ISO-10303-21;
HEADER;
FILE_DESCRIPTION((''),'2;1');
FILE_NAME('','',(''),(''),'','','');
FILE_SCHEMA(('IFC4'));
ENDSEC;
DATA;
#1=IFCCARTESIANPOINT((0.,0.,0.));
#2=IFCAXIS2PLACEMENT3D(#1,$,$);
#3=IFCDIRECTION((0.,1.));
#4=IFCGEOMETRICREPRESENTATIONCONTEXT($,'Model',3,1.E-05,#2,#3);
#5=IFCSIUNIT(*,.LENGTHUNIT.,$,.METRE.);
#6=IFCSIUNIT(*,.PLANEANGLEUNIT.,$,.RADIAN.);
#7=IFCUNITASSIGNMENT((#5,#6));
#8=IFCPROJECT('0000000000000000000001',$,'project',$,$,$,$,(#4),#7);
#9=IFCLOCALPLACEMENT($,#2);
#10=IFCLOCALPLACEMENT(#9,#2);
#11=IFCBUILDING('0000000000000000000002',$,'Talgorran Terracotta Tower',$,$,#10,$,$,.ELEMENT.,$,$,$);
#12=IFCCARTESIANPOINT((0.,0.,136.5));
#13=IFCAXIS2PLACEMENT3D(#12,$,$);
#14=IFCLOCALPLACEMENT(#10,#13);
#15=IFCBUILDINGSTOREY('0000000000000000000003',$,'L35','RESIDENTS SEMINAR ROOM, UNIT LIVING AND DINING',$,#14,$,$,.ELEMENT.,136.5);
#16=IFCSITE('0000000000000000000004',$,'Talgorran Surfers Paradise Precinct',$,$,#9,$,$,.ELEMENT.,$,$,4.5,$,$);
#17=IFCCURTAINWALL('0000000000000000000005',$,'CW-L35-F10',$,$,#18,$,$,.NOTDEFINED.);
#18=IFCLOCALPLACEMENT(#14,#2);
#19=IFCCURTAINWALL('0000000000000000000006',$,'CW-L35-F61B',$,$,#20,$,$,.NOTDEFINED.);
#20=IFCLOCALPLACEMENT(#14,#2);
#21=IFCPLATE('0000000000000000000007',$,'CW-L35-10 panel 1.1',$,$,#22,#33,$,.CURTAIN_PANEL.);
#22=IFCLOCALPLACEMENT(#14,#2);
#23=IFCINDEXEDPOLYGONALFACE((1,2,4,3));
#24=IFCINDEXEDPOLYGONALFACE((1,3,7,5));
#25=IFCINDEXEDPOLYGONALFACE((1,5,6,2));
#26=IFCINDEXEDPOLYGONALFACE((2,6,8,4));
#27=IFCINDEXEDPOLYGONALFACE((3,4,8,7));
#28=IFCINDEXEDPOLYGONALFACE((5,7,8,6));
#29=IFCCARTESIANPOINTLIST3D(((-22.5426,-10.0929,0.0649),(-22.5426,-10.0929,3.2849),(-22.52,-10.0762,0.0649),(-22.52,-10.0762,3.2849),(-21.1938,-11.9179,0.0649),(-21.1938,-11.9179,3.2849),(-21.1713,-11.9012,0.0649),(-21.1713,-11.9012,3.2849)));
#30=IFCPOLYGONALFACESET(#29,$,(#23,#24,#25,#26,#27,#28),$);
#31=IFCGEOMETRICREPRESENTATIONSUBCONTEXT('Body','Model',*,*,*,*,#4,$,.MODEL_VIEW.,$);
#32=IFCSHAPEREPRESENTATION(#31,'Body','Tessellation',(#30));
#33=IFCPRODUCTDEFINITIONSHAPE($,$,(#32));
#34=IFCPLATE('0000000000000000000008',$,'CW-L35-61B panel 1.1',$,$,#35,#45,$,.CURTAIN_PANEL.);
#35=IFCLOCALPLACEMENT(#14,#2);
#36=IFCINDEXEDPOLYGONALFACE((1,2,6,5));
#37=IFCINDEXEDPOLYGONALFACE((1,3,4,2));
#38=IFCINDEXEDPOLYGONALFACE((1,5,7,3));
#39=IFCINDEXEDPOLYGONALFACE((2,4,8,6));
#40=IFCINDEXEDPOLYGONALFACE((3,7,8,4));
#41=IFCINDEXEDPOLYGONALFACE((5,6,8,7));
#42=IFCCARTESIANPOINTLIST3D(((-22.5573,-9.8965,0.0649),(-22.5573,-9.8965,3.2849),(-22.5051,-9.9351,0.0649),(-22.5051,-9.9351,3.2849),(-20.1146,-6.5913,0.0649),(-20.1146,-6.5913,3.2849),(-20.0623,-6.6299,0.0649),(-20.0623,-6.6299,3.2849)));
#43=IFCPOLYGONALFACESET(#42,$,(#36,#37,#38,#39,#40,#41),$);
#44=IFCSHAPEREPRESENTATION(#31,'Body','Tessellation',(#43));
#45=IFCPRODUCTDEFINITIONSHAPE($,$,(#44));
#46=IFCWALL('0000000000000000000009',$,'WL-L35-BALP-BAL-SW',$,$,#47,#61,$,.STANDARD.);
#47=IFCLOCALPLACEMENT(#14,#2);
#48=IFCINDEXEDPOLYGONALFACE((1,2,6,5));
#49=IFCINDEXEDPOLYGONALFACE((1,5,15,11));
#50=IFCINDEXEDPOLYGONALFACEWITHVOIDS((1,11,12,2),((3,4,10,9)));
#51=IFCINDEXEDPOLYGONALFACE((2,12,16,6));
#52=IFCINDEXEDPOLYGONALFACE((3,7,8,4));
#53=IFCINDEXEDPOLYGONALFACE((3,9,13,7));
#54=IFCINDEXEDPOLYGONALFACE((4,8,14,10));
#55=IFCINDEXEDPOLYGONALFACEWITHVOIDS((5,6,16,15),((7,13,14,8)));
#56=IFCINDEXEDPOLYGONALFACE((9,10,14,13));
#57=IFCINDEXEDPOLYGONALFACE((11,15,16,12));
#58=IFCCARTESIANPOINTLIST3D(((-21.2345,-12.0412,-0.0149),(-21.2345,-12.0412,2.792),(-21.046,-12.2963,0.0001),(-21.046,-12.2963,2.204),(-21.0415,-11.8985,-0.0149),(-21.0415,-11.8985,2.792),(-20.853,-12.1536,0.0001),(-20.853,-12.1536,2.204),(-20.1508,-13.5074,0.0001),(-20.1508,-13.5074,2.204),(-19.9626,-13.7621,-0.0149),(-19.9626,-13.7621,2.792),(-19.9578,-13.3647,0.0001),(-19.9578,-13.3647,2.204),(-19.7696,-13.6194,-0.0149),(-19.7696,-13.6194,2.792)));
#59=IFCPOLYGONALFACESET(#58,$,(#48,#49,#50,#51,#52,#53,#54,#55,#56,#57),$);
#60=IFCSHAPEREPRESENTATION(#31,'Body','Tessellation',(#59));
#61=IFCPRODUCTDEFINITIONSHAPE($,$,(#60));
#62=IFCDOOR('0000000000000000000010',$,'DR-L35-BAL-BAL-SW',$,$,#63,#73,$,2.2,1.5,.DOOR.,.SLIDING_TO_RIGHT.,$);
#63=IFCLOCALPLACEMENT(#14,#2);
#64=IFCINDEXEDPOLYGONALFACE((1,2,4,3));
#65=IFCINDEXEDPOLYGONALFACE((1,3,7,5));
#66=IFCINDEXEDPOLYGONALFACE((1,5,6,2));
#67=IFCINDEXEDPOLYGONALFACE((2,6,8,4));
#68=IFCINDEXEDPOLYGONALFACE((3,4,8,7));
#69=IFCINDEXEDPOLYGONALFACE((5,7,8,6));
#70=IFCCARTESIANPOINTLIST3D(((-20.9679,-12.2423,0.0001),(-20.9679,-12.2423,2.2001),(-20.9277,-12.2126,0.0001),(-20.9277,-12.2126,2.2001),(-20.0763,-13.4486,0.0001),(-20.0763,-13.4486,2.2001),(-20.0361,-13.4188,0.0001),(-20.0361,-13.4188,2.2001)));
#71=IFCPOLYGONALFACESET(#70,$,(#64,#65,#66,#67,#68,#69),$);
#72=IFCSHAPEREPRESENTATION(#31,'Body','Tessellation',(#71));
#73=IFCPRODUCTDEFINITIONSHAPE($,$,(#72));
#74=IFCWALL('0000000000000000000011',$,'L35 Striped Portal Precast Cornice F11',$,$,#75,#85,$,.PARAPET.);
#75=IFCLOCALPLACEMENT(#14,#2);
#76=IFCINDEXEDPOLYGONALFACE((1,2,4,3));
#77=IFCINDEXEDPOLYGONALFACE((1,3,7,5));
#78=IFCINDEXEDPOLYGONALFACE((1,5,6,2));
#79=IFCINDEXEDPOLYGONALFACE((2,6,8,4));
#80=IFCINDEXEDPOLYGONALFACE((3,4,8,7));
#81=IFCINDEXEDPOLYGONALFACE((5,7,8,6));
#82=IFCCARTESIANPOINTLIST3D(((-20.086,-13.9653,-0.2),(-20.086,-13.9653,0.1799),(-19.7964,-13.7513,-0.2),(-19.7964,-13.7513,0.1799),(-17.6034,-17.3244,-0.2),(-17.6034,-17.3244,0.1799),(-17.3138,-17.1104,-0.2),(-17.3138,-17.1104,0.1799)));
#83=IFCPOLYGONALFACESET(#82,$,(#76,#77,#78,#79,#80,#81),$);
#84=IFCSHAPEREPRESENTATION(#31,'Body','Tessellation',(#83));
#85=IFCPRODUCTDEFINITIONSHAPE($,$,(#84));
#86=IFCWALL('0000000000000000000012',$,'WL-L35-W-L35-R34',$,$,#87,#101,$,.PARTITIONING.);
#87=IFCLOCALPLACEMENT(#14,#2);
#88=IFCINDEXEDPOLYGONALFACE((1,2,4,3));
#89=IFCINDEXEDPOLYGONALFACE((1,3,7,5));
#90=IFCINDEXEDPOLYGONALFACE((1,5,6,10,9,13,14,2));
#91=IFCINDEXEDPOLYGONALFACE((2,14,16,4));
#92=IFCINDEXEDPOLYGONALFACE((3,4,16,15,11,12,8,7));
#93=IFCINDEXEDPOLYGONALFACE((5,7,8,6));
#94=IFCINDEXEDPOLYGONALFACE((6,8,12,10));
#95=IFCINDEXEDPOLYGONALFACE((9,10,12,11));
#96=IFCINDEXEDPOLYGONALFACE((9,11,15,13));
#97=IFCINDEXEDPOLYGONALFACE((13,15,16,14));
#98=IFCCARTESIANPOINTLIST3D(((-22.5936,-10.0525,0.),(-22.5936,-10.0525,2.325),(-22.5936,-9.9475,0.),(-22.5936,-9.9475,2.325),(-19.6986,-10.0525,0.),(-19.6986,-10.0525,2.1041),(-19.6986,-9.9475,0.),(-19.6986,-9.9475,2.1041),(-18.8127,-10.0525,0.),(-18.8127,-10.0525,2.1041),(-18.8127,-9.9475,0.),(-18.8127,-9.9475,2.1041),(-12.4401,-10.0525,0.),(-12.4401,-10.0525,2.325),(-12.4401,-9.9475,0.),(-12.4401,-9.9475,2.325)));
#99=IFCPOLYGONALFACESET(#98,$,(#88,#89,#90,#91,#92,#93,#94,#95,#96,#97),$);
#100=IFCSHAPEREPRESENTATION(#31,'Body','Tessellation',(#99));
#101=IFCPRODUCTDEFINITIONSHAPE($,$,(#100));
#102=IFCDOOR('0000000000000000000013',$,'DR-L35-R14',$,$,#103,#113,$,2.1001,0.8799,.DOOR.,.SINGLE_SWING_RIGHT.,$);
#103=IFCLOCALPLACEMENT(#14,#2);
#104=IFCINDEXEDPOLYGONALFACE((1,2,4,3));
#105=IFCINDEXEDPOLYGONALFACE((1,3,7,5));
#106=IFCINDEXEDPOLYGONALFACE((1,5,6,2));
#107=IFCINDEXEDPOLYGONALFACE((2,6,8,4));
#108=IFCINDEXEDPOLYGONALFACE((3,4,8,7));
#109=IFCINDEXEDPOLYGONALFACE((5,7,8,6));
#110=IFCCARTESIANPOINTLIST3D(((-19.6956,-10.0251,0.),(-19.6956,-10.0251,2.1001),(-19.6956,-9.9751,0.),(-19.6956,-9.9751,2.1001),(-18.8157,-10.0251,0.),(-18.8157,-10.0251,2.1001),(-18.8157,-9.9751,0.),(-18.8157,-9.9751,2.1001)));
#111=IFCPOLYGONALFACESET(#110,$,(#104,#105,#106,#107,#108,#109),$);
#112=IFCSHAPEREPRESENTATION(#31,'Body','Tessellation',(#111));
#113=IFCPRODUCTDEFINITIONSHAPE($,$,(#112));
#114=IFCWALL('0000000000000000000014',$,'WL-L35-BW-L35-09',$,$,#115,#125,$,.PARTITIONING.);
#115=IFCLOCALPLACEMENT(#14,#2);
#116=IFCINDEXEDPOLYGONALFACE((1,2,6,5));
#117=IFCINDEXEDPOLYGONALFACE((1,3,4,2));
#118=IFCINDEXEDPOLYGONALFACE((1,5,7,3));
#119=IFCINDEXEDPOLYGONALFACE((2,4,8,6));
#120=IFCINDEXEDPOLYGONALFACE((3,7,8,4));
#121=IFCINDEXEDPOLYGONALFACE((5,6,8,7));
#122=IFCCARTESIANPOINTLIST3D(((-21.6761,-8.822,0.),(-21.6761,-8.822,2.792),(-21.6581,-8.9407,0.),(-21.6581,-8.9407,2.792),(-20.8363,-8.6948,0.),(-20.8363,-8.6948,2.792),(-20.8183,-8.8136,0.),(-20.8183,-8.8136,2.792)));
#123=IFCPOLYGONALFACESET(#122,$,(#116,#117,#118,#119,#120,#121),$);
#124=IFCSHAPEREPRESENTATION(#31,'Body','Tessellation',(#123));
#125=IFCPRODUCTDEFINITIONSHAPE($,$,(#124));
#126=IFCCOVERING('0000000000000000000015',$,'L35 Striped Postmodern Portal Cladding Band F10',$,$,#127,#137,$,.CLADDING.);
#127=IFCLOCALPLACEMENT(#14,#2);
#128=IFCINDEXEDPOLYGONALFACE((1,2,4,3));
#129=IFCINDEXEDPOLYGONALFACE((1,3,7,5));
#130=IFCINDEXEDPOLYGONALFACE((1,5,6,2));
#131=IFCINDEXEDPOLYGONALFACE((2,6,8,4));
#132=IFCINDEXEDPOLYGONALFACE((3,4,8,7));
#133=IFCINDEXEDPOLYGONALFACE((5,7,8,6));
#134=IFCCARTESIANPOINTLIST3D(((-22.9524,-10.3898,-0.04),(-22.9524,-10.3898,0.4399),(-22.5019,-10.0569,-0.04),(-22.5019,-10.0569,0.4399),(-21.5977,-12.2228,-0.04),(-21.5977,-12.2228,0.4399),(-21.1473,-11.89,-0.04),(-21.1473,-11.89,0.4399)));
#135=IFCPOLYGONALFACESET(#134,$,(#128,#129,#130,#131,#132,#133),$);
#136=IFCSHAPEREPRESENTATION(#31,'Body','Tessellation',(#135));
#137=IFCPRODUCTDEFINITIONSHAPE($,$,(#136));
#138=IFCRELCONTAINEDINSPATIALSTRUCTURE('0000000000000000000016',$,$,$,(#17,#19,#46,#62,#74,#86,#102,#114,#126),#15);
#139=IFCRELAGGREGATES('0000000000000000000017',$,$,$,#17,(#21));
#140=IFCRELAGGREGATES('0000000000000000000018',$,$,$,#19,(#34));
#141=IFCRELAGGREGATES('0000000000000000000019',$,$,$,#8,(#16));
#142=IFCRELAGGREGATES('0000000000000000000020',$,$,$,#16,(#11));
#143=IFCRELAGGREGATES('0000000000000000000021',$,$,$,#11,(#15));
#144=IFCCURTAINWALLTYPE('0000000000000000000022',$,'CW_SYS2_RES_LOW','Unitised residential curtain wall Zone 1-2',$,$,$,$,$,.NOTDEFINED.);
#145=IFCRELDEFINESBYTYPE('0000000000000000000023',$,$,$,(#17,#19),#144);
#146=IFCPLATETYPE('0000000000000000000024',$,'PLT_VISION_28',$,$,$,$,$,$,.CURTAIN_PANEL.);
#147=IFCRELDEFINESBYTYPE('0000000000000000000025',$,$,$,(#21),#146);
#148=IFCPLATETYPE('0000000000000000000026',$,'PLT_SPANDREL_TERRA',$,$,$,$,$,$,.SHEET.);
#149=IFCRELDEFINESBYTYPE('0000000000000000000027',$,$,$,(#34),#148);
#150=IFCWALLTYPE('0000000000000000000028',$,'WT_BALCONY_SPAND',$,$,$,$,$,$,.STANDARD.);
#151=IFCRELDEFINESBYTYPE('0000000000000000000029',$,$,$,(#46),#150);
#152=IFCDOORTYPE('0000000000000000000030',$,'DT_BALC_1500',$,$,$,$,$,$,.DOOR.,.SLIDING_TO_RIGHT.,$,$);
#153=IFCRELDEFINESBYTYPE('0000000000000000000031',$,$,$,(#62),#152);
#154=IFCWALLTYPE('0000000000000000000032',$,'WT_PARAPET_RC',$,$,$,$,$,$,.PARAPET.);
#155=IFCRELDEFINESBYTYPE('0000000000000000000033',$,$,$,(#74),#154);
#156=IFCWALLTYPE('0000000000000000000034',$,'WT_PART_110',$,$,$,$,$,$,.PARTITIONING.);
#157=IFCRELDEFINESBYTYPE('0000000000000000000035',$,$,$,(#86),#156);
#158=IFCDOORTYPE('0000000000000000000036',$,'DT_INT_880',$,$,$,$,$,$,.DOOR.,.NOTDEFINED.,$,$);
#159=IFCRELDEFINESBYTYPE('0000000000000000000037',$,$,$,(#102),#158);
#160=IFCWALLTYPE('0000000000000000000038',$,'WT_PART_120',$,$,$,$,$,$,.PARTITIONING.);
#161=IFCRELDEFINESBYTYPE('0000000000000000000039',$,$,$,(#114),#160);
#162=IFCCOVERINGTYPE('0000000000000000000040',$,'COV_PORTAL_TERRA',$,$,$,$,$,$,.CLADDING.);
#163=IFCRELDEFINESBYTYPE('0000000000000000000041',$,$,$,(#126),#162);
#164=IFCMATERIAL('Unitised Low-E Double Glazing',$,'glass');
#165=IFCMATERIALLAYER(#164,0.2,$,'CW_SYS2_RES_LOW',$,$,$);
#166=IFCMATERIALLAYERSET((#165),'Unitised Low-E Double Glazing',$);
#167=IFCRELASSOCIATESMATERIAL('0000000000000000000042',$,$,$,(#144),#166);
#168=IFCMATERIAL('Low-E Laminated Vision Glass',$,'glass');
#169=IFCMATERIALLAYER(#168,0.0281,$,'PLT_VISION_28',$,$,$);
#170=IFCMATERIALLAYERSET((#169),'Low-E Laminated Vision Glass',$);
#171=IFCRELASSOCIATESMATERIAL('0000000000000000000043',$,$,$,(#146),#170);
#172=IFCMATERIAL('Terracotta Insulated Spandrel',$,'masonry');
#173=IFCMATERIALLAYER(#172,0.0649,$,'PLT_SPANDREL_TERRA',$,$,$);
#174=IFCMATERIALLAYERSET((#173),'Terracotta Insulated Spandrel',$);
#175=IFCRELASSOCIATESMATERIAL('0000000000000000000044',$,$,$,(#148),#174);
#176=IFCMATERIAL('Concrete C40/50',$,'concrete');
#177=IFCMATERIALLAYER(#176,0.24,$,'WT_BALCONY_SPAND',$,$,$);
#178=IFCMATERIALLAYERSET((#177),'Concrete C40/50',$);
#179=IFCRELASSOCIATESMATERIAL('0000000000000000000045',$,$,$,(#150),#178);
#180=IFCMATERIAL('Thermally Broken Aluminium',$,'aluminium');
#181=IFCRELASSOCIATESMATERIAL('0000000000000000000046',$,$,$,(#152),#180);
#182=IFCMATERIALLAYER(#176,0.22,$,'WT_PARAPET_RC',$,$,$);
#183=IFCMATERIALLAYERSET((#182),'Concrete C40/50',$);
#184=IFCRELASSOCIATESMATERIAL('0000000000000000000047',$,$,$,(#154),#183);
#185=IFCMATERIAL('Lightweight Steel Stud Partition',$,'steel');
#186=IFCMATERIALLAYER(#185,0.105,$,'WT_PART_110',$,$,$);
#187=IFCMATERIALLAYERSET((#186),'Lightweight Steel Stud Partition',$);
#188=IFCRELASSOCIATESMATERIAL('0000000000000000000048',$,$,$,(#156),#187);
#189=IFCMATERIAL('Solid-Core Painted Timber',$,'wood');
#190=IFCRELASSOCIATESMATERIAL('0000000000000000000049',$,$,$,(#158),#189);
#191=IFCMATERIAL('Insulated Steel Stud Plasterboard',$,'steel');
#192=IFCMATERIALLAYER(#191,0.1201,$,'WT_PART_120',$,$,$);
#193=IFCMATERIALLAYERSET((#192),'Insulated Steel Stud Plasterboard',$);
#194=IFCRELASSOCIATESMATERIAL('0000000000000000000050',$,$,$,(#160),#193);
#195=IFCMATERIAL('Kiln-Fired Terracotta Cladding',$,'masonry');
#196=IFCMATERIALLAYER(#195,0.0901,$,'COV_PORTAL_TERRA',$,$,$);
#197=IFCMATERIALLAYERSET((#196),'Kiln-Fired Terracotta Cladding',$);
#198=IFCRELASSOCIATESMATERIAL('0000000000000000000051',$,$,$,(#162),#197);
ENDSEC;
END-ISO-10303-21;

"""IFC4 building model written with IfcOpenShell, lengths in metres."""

from ifc_helpers import new_model, si_unit, direction, frame, frame_2d, origin, origin_2d, place, context, subcontext, project, spatial, rectangle, extrude, source, transform, mapped, material, layer, layer_set, type_object, type_shapes, element, fill, aggregate, save


model = new_model("IFC4")

# Units and contexts
model_context = context("Model", 3, precision=1e-05, world=origin(), true_north=direction((0.0, 1.0)))
body_context = subcontext(model_context, "Body", "Model", "MODEL_VIEW")
ifc_project = project(units=[si_unit("LENGTHUNIT", "METRE"), si_unit("PLANEANGLEUNIT", "RADIAN")], contexts=[model_context])

# Site, building, storey
site_placement = place(None, origin())
site = spatial("IfcSite", under=ifc_project, at=site_placement, Name="Talgorran Surfers Paradise Precinct", CompositionType="ELEMENT", RefElevation=4.5)
building_placement = place(site_placement, origin())
building = spatial("IfcBuilding", under=site, at=building_placement, Name="Talgorran Terracotta Tower", CompositionType="ELEMENT")
storey_placement = place(building_placement, frame((0.0, 0.0, 136.5)))
storey = spatial("IfcBuildingStorey", under=building, at=storey_placement, Name="L35", Description="RESIDENTS SEMINAR ROOM, UNIT LIVING AND DINING", CompositionType="ELEMENT", Elevation=136.5)

# Curtain wall
ifc_material_1 = material(Name="Unitised Low-E Double Glazing", Category="glass")
ifc_layer_1 = layer(ifc_material_1, 0.2, Name="CW_SYS2_RES_LOW")
ifc_layer_set_1 = layer_set([ifc_layer_1], Name="Unitised Low-E Double Glazing")
curtain_wall_type = type_object("IfcCurtainWallType", Name="CW_SYS2_RES_LOW", Description="Unitised residential curtain wall Zone 1-2", PredefinedType="NOTDEFINED", material=ifc_layer_set_1)
curtain_wall_1_placement = place(storey_placement, origin())
curtain_wall_1 = element("IfcCurtainWall", 1, at=curtain_wall_1_placement, inside=storey, type_object=curtain_wall_type, Name="CW-L35-F10", PredefinedType="NOTDEFINED")

# Curtain wall
curtain_wall_2_placement = place(storey_placement, origin())
curtain_wall_2 = element("IfcCurtainWall", 2, at=curtain_wall_2_placement, inside=storey, type_object=curtain_wall_type, Name="CW-L35-F61B", PredefinedType="NOTDEFINED")

# Plates
ifc_material_2 = material(Name="Low-E Laminated Vision Glass", Category="glass")
ifc_layer_2 = layer(ifc_material_2, 0.0281, Name="PLT_VISION_28")
ifc_layer_set_2 = layer_set([ifc_layer_2], Name="Low-E Laminated Vision Glass")
plate_type_1 = type_object("IfcPlateType", Name="PLT_VISION_28", PredefinedType="CURTAIN_PANEL", material=ifc_layer_set_2)
shared_shape_1 = source(origin(), body_context, "Body", "SweptSolid", [
    extrude(rectangle(XDim=2.2693, YDim=0.0281, at=origin_2d()), origin(), (0.0, 0.0, 1.0), 3.22),
])
type_shapes(plate_type_1, [shared_shape_1])
plate_1_placement = place(storey_placement, frame((-21.8569, -10.9971, 0.0649), z_axis=(0.0, 0.0, 1.0), x_axis=(0.59435, -0.804206, 0.0)))
plate_1 = element("IfcPlate", 3, at=plate_1_placement, type_object=plate_type_1, Name="CW-L35-10 panel 1.1", PredefinedType="CURTAIN_PANEL", context=body_context, shape_type="MappedRepresentation", body=[
    mapped(shared_shape_1, transform((0.0, 0.0, 0.0), scale=1.0)),
])
aggregate(curtain_wall_1, [plate_1])
ifc_material_3 = material(Name="Terracotta Insulated Spandrel", Category="masonry")
ifc_layer_3 = layer(ifc_material_3, 0.0649, Name="PLT_SPANDREL_TERRA")
ifc_layer_set_3 = layer_set([ifc_layer_3], Name="Terracotta Insulated Spandrel")
plate_type_2 = type_object("IfcPlateType", Name="PLT_SPANDREL_TERRA", PredefinedType="SHEET", material=ifc_layer_set_3)
shared_shape_2 = source(origin(), body_context, "Body", "SweptSolid", [
    extrude(rectangle(XDim=4.1099, YDim=0.0649, at=origin_2d()), origin(), (0.0, 0.0, 1.0), 3.22),
])
type_shapes(plate_type_2, [shared_shape_2])
plate_2_placement = place(storey_placement, frame((-21.3098, -8.2632, 0.0649), z_axis=(0.0, 0.0, 1.0), x_axis=(-0.594359, -0.8042, 0.0)))
plate_2 = element("IfcPlate", 4, at=plate_2_placement, type_object=plate_type_2, Name="CW-L35-61B panel 1.1", PredefinedType="CURTAIN_PANEL", context=body_context, shape_type="MappedRepresentation", body=[
    mapped(shared_shape_2, transform((0.0, 0.0, 0.0), scale=1.0)),
])
aggregate(curtain_wall_2, [plate_2])

# Wall, opening, door
ifc_material_4 = material(Name="Concrete C40/50", Category="concrete")
ifc_layer_4 = layer(ifc_material_4, 0.24, Name="WT_BALCONY_SPAND")
ifc_layer_set_4 = layer_set([ifc_layer_4], Name="Concrete C40/50")
wall_type_1 = type_object("IfcWallType", Name="WT_BALCONY_SPAND", PredefinedType="STANDARD", material=ifc_layer_set_4)
wall_1_placement = place(storey_placement, frame((-21.1379, -11.97, -0.0149), z_axis=(0.0, 0.0, 1.0), x_axis=(0.594381, -0.804183, 0.0)))
wall_1 = element("IfcWall", 5, at=wall_1_placement, inside=storey, type_object=wall_type_1, Name="WL-L35-BALP-BAL-SW", PredefinedType="STANDARD", context=body_context, shape_type="SweptSolid", body=[
    extrude(rectangle(XDim=2.1399, YDim=0.24, at=frame_2d((1.0698, 0.0))), origin(), (0.0, 0.0, 1.0), 2.8069),
])
opening_1_placement = place(wall_1_placement, frame((0.3201, 0.0, 0.0149)))
opening_1 = element("IfcOpeningElement", 6, at=opening_1_placement, cuts=wall_1, PredefinedType="OPENING", context=body_context, shape_type="SweptSolid", body=[
    extrude(rectangle(XDim=1.506, YDim=2.204, at=frame_2d((0.75, 1.1021))), frame((0.0, 0.1299, 0.0), z_axis=(0.0, -1.0, 0.0), x_axis=(1.0, 0.0, 0.0)), (0.0, 0.0, 1.0), 0.26),
])
ifc_material_5 = material(Name="Thermally Broken Aluminium", Category="aluminium")
door_type_1 = type_object("IfcDoorType", Name="DT_BALC_1500", OperationType="SLIDING_TO_RIGHT", PredefinedType="DOOR", material=ifc_material_5)
door_1_placement = place(opening_1_placement, origin())
door_1 = element("IfcDoor", 7, at=door_1_placement, inside=storey, type_object=door_type_1, Name="DR-L35-BAL-BAL-SW", OperationType="SLIDING_TO_RIGHT", OverallHeight=2.2, OverallWidth=1.5, PredefinedType="DOOR", context=body_context, shape_type="SweptSolid", body=[
    extrude(rectangle(XDim=1.5, YDim=2.2, at=frame_2d((0.75, 1.1001))), frame((0.0, 0.0249, 0.0), z_axis=(0.0, -1.0, 0.0), x_axis=(1.0, 0.0, 0.0)), (0.0, 0.0, 1.0), 0.05),
])
fill(opening_1, door_1)

# Wall
ifc_layer_5 = layer(ifc_material_4, 0.22, Name="WT_PARAPET_RC")
ifc_layer_set_5 = layer_set([ifc_layer_5], Name="Concrete C40/50")
wall_type_2 = type_object("IfcWallType", Name="WT_PARAPET_RC", PredefinedType="PARAPET", material=ifc_layer_set_5)
wall_2_placement = place(storey_placement, frame((-19.9412, -13.8584, -0.2), z_axis=(0.0, 0.0, 1.0), x_axis=(0.594365, -0.804196, 0.0)))
element("IfcWall", 8, at=wall_2_placement, inside=storey, type_object=wall_type_2, Name="L35 Striped Portal Precast Cornice F11", PredefinedType="PARAPET", context=body_context, shape_type="SweptSolid", body=[
    extrude(rectangle(XDim=4.177, YDim=0.3601, at=frame_2d((2.0884, 0.0))), origin(), (0.0, 0.0, 1.0), 0.3799),
])

# Wall, opening, door
ifc_material_6 = material(Name="Lightweight Steel Stud Partition", Category="steel")
ifc_layer_6 = layer(ifc_material_6, 0.105, Name="WT_PART_110")
ifc_layer_set_6 = layer_set([ifc_layer_6], Name="Lightweight Steel Stud Partition")
wall_type_3 = type_object("IfcWallType", Name="WT_PART_110", PredefinedType="PARTITIONING", material=ifc_layer_set_6)
wall_3_placement = place(storey_placement, frame((-22.5935, -10.0, 0.0), z_axis=(0.0, 0.0, 1.0), x_axis=(1.0, 0.0, 0.0)))
wall_3 = element("IfcWall", 9, at=wall_3_placement, inside=storey, type_object=wall_type_3, Name="WL-L35-W-L35-R34", PredefinedType="PARTITIONING", context=body_context, shape_type="SweptSolid", body=[
    extrude(rectangle(XDim=10.1536, YDim=0.105, at=frame_2d((5.0767, 0.0))), origin(), (0.0, 0.0, 1.0), 2.325),
])
opening_2_placement = place(wall_3_placement, frame((2.8979, 0.0, 0.0)))
opening_2 = element("IfcOpeningElement", 10, at=opening_2_placement, cuts=wall_3, PredefinedType="OPENING", context=body_context, shape_type="SweptSolid", body=[
    extrude(rectangle(XDim=0.8859, YDim=2.1041, at=frame_2d((0.4399, 1.052))), frame((0.0, 0.0625, 0.0), z_axis=(0.0, -1.0, 0.0), x_axis=(1.0, 0.0, 0.0)), (0.0, 0.0, 1.0), 0.125),
])
ifc_material_7 = material(Name="Solid-Core Painted Timber", Category="wood")
door_type_2 = type_object("IfcDoorType", Name="DT_INT_880", OperationType="NOTDEFINED", PredefinedType="DOOR", material=ifc_material_7)
door_2_placement = place(opening_2_placement, origin())
door_2 = element("IfcDoor", 11, at=door_2_placement, inside=storey, type_object=door_type_2, Name="DR-L35-R14", OperationType="SINGLE_SWING_RIGHT", OverallHeight=2.1001, OverallWidth=0.8799, PredefinedType="DOOR", context=body_context, shape_type="SweptSolid", body=[
    extrude(rectangle(XDim=0.8799, YDim=2.1001, at=frame_2d((0.4399, 1.05))), frame((0.0, 0.0249, 0.0), z_axis=(0.0, -1.0, 0.0), x_axis=(1.0, 0.0, 0.0)), (0.0, 0.0, 1.0), 0.05),
])
fill(opening_2, door_2)

# Wall
ifc_material_8 = material(Name="Insulated Steel Stud Plasterboard", Category="steel")
ifc_layer_7 = layer(ifc_material_8, 0.1201, Name="WT_PART_120")
ifc_layer_set_7 = layer_set([ifc_layer_7], Name="Insulated Steel Stud Plasterboard")
wall_type_4 = type_object("IfcWallType", Name="WT_PART_120", PredefinedType="PARTITIONING", material=ifc_layer_set_7)
wall_4_placement = place(storey_placement, frame((-20.8271, -8.7542, 0.0), z_axis=(0.0, 0.0, 1.0), x_axis=(-0.988725, -0.149746, 0.0)))
element("IfcWall", 12, at=wall_4_placement, inside=storey, type_object=wall_type_4, Name="WL-L35-BW-L35-09", PredefinedType="PARTITIONING", context=body_context, shape_type="SweptSolid", body=[
    extrude(rectangle(XDim=0.8494, YDim=0.1201, at=frame_2d((0.4248, 0.0))), origin(), (0.0, 0.0, 1.0), 2.792),
])

# Covering
ifc_material_9 = material(Name="Kiln-Fired Terracotta Cladding", Category="masonry")
ifc_layer_8 = layer(ifc_material_9, 0.0901, Name="COV_PORTAL_TERRA")
ifc_layer_set_8 = layer_set([ifc_layer_8], Name="Kiln-Fired Terracotta Cladding")
covering_type = type_object("IfcCoveringType", Name="COV_PORTAL_TERRA", PredefinedType="CLADDING", material=ifc_layer_set_8)
covering_placement = place(storey_placement, frame((-22.0498, -11.1399, -0.04), z_axis=(0.0, 0.0, 1.0), x_axis=(0.594346, -0.80421, 0.0)))
element("IfcCovering", 13, at=covering_placement, inside=storey, type_object=covering_type, Name="L35 Striped Postmodern Portal Cladding Band F10", PredefinedType="CLADDING", context=body_context, shape_type="SweptSolid", body=[
    extrude(rectangle(XDim=2.2793, YDim=0.5601, at=origin_2d()), origin(), (0.0, 0.0, 1.0), 0.48),
])

save(model, "model.ifc")
